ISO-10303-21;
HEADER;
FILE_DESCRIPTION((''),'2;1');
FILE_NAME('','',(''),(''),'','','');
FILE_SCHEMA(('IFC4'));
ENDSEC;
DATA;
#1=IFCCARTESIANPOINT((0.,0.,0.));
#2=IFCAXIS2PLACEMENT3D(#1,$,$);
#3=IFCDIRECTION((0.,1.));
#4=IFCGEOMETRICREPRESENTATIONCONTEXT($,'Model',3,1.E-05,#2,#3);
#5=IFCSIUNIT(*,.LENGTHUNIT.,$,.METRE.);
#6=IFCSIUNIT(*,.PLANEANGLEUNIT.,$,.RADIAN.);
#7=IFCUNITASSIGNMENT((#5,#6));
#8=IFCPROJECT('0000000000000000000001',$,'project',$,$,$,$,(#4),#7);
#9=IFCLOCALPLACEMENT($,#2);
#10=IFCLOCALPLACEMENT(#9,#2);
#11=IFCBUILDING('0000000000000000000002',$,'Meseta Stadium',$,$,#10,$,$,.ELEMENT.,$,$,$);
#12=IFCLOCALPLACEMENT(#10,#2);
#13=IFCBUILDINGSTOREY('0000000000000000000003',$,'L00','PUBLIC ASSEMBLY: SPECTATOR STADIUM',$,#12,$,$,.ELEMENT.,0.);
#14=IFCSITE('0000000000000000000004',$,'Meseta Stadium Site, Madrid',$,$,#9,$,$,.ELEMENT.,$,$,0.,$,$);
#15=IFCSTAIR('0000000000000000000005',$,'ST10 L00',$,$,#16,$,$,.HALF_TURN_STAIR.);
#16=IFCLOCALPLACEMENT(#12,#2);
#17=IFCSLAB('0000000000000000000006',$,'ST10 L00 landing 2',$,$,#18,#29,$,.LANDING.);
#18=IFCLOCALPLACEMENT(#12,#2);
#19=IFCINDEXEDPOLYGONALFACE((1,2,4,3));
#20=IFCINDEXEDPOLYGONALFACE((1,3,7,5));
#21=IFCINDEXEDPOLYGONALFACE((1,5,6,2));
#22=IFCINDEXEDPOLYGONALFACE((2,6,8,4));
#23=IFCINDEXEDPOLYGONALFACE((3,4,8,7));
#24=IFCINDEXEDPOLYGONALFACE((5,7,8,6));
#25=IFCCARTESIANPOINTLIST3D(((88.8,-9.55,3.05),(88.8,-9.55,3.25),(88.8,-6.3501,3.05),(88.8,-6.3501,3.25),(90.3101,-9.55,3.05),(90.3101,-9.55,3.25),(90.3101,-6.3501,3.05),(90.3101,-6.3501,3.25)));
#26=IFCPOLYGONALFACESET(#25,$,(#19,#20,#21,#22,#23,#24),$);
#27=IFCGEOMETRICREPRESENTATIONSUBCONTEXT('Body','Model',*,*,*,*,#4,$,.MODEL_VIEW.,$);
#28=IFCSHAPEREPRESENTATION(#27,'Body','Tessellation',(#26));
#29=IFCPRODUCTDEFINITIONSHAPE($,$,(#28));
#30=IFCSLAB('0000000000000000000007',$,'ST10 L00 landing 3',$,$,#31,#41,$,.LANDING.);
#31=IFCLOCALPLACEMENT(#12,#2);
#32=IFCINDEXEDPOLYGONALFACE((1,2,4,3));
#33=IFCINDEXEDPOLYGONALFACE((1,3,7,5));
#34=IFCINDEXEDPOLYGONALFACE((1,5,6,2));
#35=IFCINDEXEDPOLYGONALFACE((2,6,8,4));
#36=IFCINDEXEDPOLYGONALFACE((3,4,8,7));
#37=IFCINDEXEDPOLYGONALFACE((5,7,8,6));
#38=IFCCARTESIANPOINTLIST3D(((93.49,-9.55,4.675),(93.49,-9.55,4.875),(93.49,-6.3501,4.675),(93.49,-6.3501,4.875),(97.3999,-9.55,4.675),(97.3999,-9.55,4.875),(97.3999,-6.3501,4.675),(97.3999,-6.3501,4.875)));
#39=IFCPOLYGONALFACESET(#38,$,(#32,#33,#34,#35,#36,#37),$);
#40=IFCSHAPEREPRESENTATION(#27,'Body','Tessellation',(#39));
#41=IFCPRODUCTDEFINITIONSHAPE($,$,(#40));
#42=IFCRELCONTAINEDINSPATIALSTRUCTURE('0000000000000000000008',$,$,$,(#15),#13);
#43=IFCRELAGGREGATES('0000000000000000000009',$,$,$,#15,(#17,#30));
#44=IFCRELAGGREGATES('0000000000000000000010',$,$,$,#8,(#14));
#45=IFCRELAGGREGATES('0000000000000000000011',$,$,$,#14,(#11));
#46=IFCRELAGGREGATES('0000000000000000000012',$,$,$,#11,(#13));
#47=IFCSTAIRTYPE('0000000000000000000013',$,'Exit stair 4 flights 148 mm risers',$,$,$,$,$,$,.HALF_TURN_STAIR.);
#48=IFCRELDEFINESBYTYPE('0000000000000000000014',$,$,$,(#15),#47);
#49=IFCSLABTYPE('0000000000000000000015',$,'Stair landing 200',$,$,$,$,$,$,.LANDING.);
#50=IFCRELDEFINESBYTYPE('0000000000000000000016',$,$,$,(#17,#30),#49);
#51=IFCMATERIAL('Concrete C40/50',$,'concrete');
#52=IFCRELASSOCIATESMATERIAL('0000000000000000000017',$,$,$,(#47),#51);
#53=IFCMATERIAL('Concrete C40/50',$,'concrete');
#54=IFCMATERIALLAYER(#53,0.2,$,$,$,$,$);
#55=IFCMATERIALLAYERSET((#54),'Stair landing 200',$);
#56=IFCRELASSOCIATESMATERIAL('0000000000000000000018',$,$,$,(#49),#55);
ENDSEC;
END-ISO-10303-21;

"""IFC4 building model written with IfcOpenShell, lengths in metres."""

from ifc_helpers import new_model, si_unit, direction, frame, origin, place, context, subcontext, project, spatial, polyline, outline, extrude, material, layer, layer_set, type_object, element, aggregate, save


model = new_model("IFC4")

# Units and contexts
model_context = context("Model", 3, precision=1e-05, world=origin(), true_north=direction((0.0, 1.0)))
body_context = subcontext(model_context, "Body", "Model", "MODEL_VIEW")
ifc_project = project(units=[si_unit("LENGTHUNIT", "METRE"), si_unit("PLANEANGLEUNIT", "RADIAN")], contexts=[model_context])

# Site, building, storey
site_placement = place(None, origin())
site = spatial("IfcSite", under=ifc_project, at=site_placement, Name="Meseta Stadium Site, Madrid", CompositionType="ELEMENT", RefElevation=0.0)
building_placement = place(site_placement, origin())
building = spatial("IfcBuilding", under=site, at=building_placement, Name="Meseta Stadium", CompositionType="ELEMENT")
storey_placement = place(building_placement, origin())
storey = spatial("IfcBuildingStorey", under=building, at=storey_placement, Name="L00", Description="PUBLIC ASSEMBLY: SPECTATOR STADIUM", CompositionType="ELEMENT", Elevation=0.0)

# Shared definitions
ifc_material_1 = material(Name="Concrete C40/50", Category="concrete")
stair_type = type_object("IfcStairType", Name="Exit stair 4 flights 148 mm risers", PredefinedType="HALF_TURN_STAIR", material=ifc_material_1)
ifc_material_2 = material(Name="Concrete C40/50", Category="concrete")
ifc_layer = layer(ifc_material_2, 0.2)
ifc_layer_set = layer_set([ifc_layer], Name="Stair landing 200")
slab_type = type_object("IfcSlabType", Name="Stair landing 200", PredefinedType="LANDING", material=ifc_layer_set)

# Stair, slabs
stair_1_placement = place(storey_placement, origin())
stair_1 = element("IfcStair", 1, at=stair_1_placement, inside=storey, type_object=stair_type, Name="ST10 L00", PredefinedType="HALF_TURN_STAIR")
slab_1_placement = place(storey_placement, frame((0.0, 0.0, 3.05)))
slab_1 = element("IfcSlab", 2, at=slab_1_placement, type_object=slab_type, Name="ST10 L00 landing 2", PredefinedType="LANDING", context=body_context, shape_type="SweptSolid", body=[
    extrude(outline(polyline([(88.8, -9.55), (90.3101, -9.55), (90.3101, -6.3501), (88.8, -6.3501), (88.8, -9.55)])), origin(), (0.0, 0.0, 1.0), 0.2),
])
slab_2_placement = place(storey_placement, frame((0.0, 0.0, 4.675)))
slab_2 = element("IfcSlab", 3, at=slab_2_placement, type_object=slab_type, Name="ST10 L00 landing 3", PredefinedType="LANDING", context=body_context, shape_type="SweptSolid", body=[
    extrude(outline(polyline([(93.49, -9.55), (97.3999, -9.55), (97.3999, -6.3501), (93.49, -6.3501), (93.49, -9.55)])), origin(), (0.0, 0.0, 1.0), 0.2),
])
aggregate(stair_1, [slab_1, slab_2])

save(model, "model.ifc")
